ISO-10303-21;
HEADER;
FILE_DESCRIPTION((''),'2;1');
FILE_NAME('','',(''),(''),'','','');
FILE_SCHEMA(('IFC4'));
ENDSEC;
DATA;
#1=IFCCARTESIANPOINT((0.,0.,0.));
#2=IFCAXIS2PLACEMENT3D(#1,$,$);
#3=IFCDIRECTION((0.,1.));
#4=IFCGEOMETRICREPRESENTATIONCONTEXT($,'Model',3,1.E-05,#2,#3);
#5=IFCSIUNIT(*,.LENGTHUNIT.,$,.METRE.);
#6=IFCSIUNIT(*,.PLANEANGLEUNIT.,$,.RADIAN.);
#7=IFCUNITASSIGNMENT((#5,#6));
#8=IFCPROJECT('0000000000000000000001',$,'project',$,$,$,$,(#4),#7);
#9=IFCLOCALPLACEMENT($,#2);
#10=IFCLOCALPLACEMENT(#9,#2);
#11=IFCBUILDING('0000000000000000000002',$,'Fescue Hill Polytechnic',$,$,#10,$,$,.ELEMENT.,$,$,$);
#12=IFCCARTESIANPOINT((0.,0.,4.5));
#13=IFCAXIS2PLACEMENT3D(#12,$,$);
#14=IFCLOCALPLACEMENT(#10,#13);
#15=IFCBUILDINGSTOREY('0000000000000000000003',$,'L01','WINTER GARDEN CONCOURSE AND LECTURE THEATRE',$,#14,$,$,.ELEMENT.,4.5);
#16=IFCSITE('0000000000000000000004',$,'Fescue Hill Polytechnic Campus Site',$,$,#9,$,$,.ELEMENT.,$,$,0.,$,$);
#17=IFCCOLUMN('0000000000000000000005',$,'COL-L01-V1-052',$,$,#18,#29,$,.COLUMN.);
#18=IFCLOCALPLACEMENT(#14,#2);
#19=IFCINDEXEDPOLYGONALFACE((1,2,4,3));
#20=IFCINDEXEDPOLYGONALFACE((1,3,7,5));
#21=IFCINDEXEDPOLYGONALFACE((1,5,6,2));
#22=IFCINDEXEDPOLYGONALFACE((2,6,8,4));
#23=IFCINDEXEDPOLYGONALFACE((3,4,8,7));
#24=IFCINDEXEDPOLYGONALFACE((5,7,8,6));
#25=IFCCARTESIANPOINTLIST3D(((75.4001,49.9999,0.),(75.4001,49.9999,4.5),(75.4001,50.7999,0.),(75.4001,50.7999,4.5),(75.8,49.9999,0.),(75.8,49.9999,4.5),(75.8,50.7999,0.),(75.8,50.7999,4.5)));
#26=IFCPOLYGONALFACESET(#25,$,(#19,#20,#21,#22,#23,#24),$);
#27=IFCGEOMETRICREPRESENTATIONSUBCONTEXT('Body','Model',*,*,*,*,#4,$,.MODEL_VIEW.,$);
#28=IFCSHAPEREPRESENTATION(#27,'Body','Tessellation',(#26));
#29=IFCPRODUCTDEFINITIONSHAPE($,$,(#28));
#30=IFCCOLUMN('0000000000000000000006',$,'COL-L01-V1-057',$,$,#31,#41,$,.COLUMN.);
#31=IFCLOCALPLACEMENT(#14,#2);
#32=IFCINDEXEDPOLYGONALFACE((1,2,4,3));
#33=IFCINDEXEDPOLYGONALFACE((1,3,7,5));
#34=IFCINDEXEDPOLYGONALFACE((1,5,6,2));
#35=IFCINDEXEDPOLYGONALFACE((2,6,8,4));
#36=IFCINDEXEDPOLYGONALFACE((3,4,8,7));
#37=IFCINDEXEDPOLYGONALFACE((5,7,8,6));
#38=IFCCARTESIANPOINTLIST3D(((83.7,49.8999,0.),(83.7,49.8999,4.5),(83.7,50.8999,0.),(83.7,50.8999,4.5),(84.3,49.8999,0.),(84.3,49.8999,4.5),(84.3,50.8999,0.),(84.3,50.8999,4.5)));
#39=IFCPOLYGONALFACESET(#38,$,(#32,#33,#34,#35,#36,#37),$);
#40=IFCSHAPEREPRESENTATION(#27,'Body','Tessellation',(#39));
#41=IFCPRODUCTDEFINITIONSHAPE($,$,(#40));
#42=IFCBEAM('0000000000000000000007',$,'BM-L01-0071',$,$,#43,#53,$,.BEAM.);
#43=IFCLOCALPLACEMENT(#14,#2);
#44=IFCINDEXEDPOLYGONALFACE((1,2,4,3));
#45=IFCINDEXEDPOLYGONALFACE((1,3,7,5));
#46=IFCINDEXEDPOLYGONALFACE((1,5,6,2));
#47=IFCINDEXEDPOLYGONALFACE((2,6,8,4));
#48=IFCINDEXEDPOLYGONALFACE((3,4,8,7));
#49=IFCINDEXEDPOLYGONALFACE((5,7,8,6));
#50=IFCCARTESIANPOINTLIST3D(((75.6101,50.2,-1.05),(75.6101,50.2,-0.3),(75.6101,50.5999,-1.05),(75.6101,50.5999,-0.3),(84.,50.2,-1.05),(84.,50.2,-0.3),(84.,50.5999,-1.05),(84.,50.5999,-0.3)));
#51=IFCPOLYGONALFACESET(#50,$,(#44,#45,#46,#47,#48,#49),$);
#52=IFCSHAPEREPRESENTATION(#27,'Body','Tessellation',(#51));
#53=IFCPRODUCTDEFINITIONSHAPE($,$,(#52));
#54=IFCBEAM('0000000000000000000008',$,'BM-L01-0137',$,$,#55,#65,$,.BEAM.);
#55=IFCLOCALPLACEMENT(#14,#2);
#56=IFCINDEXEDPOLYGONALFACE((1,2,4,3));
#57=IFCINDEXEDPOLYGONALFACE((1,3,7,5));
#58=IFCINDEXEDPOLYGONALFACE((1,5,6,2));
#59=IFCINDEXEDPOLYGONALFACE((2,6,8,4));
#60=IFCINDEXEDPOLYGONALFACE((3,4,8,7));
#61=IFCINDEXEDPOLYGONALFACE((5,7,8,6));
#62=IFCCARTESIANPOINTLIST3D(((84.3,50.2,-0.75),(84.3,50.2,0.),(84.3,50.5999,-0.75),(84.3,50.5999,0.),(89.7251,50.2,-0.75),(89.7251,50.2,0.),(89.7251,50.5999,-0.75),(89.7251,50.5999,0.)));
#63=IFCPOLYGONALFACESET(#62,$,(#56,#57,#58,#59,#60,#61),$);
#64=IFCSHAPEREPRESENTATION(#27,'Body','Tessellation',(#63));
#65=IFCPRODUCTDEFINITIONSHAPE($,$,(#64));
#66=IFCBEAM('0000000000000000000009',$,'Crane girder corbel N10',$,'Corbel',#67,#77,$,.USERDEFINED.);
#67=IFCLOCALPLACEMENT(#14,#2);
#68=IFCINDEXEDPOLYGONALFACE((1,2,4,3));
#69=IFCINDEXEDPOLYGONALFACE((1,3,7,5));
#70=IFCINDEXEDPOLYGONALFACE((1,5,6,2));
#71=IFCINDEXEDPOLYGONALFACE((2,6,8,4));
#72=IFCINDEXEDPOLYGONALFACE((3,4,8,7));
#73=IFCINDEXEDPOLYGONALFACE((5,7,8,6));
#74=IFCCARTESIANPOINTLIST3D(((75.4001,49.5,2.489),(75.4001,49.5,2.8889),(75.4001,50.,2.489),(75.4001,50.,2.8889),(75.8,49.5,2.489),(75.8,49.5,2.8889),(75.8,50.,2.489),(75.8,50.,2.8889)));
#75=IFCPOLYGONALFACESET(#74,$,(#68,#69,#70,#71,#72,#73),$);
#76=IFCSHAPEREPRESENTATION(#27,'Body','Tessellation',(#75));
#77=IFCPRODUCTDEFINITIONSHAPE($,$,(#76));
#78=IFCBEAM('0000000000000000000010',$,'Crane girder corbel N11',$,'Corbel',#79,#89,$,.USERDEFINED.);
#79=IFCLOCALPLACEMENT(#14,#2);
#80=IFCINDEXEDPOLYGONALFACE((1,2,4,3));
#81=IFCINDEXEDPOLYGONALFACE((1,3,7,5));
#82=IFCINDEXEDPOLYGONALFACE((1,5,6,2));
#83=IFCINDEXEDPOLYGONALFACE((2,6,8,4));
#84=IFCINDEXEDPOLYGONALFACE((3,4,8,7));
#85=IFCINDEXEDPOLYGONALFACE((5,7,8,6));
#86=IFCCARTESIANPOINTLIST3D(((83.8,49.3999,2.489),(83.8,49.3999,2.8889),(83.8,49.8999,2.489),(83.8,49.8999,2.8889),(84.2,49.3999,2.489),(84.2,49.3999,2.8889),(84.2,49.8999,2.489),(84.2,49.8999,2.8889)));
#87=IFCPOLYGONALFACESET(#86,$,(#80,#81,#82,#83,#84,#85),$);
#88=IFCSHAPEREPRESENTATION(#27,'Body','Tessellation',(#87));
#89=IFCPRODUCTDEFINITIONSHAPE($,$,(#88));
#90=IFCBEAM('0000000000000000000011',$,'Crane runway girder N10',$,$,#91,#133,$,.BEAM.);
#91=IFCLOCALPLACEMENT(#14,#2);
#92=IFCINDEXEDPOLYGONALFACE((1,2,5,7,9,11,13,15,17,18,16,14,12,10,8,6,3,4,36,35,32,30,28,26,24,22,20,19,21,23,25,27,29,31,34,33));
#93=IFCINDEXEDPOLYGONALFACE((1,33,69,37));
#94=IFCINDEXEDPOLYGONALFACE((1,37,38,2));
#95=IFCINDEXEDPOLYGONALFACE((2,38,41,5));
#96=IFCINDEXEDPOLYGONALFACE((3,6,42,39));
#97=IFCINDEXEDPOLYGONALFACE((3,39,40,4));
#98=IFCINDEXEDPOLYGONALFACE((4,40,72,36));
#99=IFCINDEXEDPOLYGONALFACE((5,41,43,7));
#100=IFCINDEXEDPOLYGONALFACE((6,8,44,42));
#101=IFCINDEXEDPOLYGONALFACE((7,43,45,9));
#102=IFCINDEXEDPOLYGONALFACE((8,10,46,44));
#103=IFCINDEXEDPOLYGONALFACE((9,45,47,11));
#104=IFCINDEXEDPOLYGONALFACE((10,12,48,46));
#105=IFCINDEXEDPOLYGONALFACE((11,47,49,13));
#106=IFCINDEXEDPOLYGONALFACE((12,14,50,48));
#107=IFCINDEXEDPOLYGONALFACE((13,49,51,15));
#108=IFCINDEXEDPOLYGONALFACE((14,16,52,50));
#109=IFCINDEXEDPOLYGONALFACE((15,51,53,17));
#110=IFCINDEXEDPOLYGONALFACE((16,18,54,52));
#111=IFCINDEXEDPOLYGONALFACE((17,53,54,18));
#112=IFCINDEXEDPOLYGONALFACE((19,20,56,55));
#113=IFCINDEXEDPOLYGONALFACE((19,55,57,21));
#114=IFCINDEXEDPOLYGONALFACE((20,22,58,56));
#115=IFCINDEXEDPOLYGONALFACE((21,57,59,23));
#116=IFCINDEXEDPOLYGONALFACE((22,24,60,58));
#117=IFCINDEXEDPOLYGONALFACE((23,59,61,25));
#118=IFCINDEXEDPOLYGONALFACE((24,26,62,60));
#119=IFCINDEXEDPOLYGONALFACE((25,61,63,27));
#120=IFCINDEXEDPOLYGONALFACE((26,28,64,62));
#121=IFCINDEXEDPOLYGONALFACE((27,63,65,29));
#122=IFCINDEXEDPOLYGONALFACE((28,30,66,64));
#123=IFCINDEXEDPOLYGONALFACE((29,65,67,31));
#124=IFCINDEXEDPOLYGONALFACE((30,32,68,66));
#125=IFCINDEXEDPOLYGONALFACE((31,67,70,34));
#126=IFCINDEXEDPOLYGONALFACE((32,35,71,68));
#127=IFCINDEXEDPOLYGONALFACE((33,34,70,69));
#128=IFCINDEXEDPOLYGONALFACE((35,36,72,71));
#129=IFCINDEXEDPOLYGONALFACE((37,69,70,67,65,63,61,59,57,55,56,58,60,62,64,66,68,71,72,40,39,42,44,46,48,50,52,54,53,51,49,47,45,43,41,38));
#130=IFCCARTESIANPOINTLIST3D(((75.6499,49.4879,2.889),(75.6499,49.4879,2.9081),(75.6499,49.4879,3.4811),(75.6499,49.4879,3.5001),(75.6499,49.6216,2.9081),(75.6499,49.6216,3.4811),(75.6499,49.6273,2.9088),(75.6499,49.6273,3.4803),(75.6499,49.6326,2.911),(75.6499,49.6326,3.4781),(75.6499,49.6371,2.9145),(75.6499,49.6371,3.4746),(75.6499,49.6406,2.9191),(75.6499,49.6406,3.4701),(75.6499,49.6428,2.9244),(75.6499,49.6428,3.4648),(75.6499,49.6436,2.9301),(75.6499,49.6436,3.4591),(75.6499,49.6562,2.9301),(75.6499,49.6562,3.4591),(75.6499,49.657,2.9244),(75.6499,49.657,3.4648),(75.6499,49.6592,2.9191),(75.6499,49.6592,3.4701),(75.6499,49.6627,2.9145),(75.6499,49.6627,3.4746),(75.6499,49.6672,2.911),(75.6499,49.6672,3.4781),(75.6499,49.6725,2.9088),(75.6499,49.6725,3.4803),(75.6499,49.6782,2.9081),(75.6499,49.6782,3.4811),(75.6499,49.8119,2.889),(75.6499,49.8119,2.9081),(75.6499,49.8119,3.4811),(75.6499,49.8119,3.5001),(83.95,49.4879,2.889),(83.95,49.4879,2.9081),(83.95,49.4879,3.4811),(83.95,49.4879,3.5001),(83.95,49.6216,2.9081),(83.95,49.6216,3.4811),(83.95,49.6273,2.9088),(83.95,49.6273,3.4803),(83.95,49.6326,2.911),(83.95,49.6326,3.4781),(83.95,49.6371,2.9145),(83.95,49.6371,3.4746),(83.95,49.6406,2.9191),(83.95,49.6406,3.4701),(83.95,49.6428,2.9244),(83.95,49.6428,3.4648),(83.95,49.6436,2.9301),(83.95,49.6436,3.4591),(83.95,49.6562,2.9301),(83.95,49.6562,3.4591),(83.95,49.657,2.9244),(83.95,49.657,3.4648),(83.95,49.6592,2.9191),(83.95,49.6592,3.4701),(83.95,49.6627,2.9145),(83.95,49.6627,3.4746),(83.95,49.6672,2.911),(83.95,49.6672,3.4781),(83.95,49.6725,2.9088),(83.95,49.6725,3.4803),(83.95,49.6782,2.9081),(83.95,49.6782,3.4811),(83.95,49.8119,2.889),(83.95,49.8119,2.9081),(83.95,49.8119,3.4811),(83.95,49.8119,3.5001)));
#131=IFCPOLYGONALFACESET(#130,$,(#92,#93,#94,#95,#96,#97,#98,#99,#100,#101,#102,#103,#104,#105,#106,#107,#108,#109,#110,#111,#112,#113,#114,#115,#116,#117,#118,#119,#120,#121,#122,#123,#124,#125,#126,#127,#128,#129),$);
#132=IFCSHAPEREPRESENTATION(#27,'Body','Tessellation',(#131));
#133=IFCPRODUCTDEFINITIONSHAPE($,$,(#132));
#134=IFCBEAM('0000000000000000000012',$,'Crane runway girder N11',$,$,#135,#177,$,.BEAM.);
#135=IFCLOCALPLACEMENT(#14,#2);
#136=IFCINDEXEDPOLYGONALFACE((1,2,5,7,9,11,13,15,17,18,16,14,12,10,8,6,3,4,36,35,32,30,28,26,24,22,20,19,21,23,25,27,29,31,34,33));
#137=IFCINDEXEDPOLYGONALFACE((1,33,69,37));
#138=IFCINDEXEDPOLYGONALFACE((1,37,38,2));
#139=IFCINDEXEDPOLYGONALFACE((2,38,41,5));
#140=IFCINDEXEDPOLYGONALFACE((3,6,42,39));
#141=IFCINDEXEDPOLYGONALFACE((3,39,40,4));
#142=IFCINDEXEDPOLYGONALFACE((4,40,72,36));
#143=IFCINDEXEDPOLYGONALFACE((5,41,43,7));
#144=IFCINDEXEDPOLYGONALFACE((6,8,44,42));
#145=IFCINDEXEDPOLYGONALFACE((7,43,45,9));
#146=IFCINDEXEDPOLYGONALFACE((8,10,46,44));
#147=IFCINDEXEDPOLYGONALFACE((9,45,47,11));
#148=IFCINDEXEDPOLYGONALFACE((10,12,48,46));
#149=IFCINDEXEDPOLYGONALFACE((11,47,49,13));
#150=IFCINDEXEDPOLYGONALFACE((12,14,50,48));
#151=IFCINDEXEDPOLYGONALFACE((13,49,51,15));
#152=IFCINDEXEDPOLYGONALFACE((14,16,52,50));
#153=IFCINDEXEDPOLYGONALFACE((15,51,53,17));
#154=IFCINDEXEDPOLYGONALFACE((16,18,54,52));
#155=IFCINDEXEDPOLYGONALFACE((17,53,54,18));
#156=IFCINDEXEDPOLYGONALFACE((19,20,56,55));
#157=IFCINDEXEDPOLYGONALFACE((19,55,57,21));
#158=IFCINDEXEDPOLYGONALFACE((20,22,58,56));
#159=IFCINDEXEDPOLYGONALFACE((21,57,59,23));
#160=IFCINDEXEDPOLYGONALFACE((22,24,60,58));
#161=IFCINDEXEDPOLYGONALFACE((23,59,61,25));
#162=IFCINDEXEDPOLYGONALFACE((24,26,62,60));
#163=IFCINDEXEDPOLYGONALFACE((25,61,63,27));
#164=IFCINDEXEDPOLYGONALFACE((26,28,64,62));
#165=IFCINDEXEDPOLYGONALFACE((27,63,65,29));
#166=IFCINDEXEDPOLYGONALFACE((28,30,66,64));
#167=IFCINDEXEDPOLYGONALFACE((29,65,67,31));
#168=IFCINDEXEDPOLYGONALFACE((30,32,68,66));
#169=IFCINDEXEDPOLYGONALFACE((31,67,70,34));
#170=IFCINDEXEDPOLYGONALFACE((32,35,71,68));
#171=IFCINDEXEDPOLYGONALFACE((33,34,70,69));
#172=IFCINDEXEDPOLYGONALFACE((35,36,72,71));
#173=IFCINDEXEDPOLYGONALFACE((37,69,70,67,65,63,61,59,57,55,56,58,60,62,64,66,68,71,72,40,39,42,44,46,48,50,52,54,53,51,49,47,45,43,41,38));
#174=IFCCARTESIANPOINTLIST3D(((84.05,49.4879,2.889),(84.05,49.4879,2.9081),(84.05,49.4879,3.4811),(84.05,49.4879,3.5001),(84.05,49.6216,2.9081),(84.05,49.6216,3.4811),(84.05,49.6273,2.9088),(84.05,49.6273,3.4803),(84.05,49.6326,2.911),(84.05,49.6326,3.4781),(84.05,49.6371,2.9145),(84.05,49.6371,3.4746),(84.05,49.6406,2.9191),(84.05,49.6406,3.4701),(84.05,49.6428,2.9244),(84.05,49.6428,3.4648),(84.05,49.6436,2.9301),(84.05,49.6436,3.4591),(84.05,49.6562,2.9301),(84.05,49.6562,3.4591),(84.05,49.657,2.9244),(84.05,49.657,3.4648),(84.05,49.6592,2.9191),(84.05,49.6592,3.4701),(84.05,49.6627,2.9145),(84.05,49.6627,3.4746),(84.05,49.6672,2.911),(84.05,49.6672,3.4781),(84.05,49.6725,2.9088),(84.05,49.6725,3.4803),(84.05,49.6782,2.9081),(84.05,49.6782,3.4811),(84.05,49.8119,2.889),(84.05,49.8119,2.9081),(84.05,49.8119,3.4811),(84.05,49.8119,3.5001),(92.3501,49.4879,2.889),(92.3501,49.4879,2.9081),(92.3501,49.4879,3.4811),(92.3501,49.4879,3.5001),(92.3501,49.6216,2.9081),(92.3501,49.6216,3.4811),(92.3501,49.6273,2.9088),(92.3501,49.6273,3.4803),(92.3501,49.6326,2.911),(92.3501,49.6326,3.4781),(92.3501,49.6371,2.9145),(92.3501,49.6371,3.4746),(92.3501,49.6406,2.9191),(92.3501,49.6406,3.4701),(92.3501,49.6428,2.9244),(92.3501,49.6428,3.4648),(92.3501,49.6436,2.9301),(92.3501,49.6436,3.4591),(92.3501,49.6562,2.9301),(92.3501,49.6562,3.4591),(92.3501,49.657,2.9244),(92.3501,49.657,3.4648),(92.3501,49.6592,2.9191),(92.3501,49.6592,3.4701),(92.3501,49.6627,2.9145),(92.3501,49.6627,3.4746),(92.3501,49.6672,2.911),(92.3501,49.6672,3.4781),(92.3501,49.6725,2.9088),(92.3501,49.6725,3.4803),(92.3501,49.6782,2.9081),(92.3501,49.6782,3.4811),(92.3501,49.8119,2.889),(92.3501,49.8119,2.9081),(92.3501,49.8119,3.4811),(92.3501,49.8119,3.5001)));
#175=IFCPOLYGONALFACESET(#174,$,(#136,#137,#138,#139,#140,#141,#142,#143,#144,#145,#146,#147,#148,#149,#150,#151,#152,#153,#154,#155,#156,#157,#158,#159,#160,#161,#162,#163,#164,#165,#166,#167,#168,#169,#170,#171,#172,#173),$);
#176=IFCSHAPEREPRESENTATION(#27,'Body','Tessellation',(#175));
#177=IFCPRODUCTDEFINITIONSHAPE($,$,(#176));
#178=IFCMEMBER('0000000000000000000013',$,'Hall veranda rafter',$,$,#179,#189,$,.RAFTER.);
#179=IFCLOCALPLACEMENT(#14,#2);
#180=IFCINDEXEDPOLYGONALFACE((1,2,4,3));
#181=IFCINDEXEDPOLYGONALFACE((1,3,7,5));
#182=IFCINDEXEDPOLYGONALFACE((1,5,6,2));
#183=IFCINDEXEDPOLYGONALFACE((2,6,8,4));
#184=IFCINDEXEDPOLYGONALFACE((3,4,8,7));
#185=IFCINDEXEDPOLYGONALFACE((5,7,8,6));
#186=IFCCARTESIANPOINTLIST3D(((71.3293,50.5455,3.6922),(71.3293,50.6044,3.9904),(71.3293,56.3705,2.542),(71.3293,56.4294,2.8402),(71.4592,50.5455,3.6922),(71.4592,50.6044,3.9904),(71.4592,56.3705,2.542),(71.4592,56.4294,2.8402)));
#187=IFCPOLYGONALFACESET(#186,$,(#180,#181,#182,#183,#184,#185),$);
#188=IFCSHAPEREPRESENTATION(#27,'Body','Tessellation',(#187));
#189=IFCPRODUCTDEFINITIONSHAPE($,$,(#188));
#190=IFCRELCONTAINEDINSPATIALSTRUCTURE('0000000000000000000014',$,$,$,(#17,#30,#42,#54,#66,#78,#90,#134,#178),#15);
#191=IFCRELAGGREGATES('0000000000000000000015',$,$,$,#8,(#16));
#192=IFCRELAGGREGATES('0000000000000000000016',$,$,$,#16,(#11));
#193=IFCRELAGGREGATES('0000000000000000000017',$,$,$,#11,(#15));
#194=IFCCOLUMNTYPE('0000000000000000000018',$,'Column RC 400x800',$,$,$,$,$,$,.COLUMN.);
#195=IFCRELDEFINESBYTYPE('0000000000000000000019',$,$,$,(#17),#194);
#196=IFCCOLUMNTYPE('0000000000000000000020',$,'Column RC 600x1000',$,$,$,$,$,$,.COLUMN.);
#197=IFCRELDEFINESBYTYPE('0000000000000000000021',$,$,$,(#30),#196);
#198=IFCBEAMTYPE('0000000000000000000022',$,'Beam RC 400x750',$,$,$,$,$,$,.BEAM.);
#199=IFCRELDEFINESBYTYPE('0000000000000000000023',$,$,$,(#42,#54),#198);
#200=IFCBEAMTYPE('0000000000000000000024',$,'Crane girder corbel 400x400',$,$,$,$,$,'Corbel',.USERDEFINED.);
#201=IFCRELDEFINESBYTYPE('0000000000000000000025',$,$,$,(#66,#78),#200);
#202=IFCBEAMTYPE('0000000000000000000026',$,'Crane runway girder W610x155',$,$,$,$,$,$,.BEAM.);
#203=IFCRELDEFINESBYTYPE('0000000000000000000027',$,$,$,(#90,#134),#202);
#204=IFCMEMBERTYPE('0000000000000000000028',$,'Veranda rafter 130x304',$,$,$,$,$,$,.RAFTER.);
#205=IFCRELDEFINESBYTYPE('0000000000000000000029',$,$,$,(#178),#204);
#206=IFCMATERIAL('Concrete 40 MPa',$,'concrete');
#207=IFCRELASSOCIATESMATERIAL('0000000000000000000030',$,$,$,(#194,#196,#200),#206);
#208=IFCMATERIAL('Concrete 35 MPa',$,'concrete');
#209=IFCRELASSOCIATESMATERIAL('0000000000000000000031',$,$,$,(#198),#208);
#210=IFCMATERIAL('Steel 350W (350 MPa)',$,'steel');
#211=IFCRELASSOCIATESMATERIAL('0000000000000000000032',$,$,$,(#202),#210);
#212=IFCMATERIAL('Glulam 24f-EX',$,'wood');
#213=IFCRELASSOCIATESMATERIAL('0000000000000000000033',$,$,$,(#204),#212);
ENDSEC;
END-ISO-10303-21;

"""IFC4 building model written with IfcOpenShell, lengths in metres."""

from ifc_helpers import new_model, si_unit, direction, frame, origin, origin_2d, place, context, subcontext, project, spatial, rectangle, i_section, extrude, material, material_profile, profile_set, type_object, element, save


model = new_model("IFC4")

# Units and contexts
model_context = context("Model", 3, precision=1e-05, world=origin(), true_north=direction((0.0, 1.0)))
body_context = subcontext(model_context, "Body", "Model", "MODEL_VIEW")
ifc_project = project(units=[si_unit("LENGTHUNIT", "METRE"), si_unit("PLANEANGLEUNIT", "RADIAN")], contexts=[model_context])

# Site, building, storey
site_placement = place(None, origin())
site = spatial("IfcSite", under=ifc_project, at=site_placement, Name="Fescue Hill Polytechnic Campus Site", CompositionType="ELEMENT", RefElevation=0.0)
building_placement = place(site_placement, origin())
building = spatial("IfcBuilding", under=site, at=building_placement, Name="Fescue Hill Polytechnic", CompositionType="ELEMENT")
storey_placement = place(building_placement, frame((0.0, 0.0, 4.5)))
storey = spatial("IfcBuildingStorey", under=building, at=storey_placement, Name="L01", Description="WINTER GARDEN CONCOURSE AND LECTURE THEATRE", CompositionType="ELEMENT", Elevation=4.5)

# Columns
ifc_material_1 = material(Name="Concrete 40 MPa", Category="concrete")
ifc_material_profile_1 = material_profile(ifc_material_1, rectangle(XDim=0.3999, YDim=0.8, at=origin_2d()), Name="RC 400x800")
ifc_profile_set_1 = profile_set([ifc_material_profile_1], Name="Concrete 40 MPa")
column_type_1 = type_object("IfcColumnType", Name="Column RC 400x800", PredefinedType="COLUMN", material=ifc_profile_set_1)
column_1_placement = place(storey_placement, frame((75.6001, 50.3999, 0.0), z_axis=(0.0, 0.0, 1.0), x_axis=(1.0, 0.0, 0.0)))
element("IfcColumn", 1, at=column_1_placement, inside=storey, type_object=column_type_1, Name="COL-L01-V1-052", PredefinedType="COLUMN", context=body_context, shape_type="SweptSolid", body=[
    extrude(rectangle(XDim=0.3999, YDim=0.8, at=origin_2d()), origin(), (0.0, 0.0, 1.0), 4.5),
])
ifc_material_profile_2 = material_profile(ifc_material_1, rectangle(XDim=0.6001, YDim=1.0, at=origin_2d()), Name="RC 600x1000")
ifc_profile_set_2 = profile_set([ifc_material_profile_2], Name="Concrete 40 MPa")
column_type_2 = type_object("IfcColumnType", Name="Column RC 600x1000", PredefinedType="COLUMN", material=ifc_profile_set_2)
column_2_placement = place(storey_placement, frame((84.0, 50.3999, 0.0), z_axis=(0.0, 0.0, 1.0), x_axis=(1.0, 0.0, 0.0)))
element("IfcColumn", 2, at=column_2_placement, inside=storey, type_object=column_type_2, Name="COL-L01-V1-057", PredefinedType="COLUMN", context=body_context, shape_type="SweptSolid", body=[
    extrude(rectangle(XDim=0.6001, YDim=1.0, at=origin_2d()), origin(), (0.0, 0.0, 1.0), 4.5),
])

# Beams
ifc_material_2 = material(Name="Concrete 35 MPa", Category="concrete")
ifc_material_profile_3 = material_profile(ifc_material_2, rectangle(XDim=0.3999, YDim=0.75, at=origin_2d()), Name="RC 400x750")
ifc_profile_set_3 = profile_set([ifc_material_profile_3], Name="Concrete 35 MPa")
beam_type_1 = type_object("IfcBeamType", Name="Beam RC 400x750", PredefinedType="BEAM", material=ifc_profile_set_3)
beam_1_placement = place(storey_placement, frame((75.6101, 50.3999, -0.675), z_axis=(1.0, 0.0, 0.0), x_axis=(0.0, 1.0, 0.0)))
element("IfcBeam", 3, at=beam_1_placement, inside=storey, type_object=beam_type_1, Name="BM-L01-0071", PredefinedType="BEAM", context=body_context, shape_type="SweptSolid", body=[
    extrude(rectangle(XDim=0.3999, YDim=0.75, at=origin_2d()), origin(), (0.0, 0.0, 1.0), 8.3899),
])
beam_2_placement = place(storey_placement, frame((84.3, 50.3999, -0.375), z_axis=(1.0, 0.0, 0.0), x_axis=(0.0, 1.0, 0.0)))
element("IfcBeam", 4, at=beam_2_placement, inside=storey, type_object=beam_type_1, Name="BM-L01-0137", PredefinedType="BEAM", context=body_context, shape_type="SweptSolid", body=[
    extrude(rectangle(XDim=0.3999, YDim=0.75, at=origin_2d()), origin(), (0.0, 0.0, 1.0), 5.425),
])
ifc_material_profile_4 = material_profile(ifc_material_1, rectangle(XDim=0.3999, YDim=0.3999, at=origin_2d()), Name="Crane girder corbel 400x400")
ifc_profile_set_4 = profile_set([ifc_material_profile_4], Name="Concrete 40 MPa")
beam_type_2 = type_object("IfcBeamType", Name="Crane girder corbel 400x400", ElementType="Corbel", PredefinedType="USERDEFINED", material=ifc_profile_set_4)
for number, where, z_axis, x_axis, name in (
    (5, (75.6001, 50.0, 2.689), (0.0, -1.0, 0.0), (1.0, 0.0, 0.0), "Crane girder corbel N10"),
    (6, (84.0, 49.8999, 2.689), (0.0, -1.0, 0.0), (1.0, 0.0, 0.0), "Crane girder corbel N11"),
):
    element("IfcBeam", number, at=place(storey_placement, frame(where, z_axis=z_axis, x_axis=x_axis)), inside=storey, type_object=beam_type_2, Name=name, ObjectType="Corbel", PredefinedType="USERDEFINED", context=body_context, shape_type="SweptSolid", body=[
        extrude(rectangle(XDim=0.3999, YDim=0.3999, at=origin_2d()), origin(), (0.0, 0.0, 1.0), 0.5),
    ])
ifc_material_3 = material(Name="Steel 350W (350 MPa)", Category="steel")
ifc_material_profile_5 = material_profile(ifc_material_3, i_section(OverallWidth=0.324, OverallDepth=0.6111, WebThickness=0.0127, FlangeThickness=0.019, FilletRadius=0.022, at=origin_2d()), Name="W610x155")
ifc_profile_set_5 = profile_set([ifc_material_profile_5], Name="Steel 350W (350 MPa)")
beam_type_3 = type_object("IfcBeamType", Name="Crane runway girder W610x155", PredefinedType="BEAM", material=ifc_profile_set_5)
for number, where, z_axis, x_axis, name in (
    (7, (75.6499, 49.6499, 3.1946), (1.0, 0.0, 0.0), (0.0, 1.0, 0.0), "Crane runway girder N10"),
    (8, (84.05, 49.6499, 3.1946), (1.0, 0.0, 0.0), (0.0, 1.0, 0.0), "Crane runway girder N11"),
):
    element("IfcBeam", number, at=place(storey_placement, frame(where, z_axis=z_axis, x_axis=x_axis)), inside=storey, type_object=beam_type_3, Name=name, PredefinedType="BEAM", context=body_context, shape_type="SweptSolid", body=[
        extrude(i_section(OverallWidth=0.324, OverallDepth=0.6111, WebThickness=0.0127, FlangeThickness=0.019, FilletRadius=0.022, at=origin_2d()), origin(), (0.0, 0.0, 1.0), 8.3),
    ])

# Member
ifc_material_4 = material(Name="Glulam 24f-EX", Category="wood")
ifc_material_profile_6 = material_profile(ifc_material_4, rectangle(XDim=0.1299, YDim=0.304, at=origin_2d()), Name="Veranda rafter 130x304")
ifc_profile_set_6 = profile_set([ifc_material_profile_6], Name="Glulam 24f-EX")
member_type = type_object("IfcMemberType", Name="Veranda rafter 130x304", PredefinedType="RAFTER", material=ifc_profile_set_6)
for number, where, z_axis, x_axis, name in (
    (9, (71.3943, 50.575, 3.8413), (0.0, 0.981059, -0.193712), (-1.0, 0.0, 0.0), "Hall veranda rafter"),
):
    element("IfcMember", number, at=place(storey_placement, frame(where, z_axis=z_axis, x_axis=x_axis)), inside=storey, type_object=member_type, Name=name, PredefinedType="RAFTER", context=body_context, shape_type="SweptSolid", body=[
        extrude(rectangle(XDim=0.1299, YDim=0.304, at=origin_2d()), origin(), (0.0, 0.0, 1.0), 5.9375),
    ])

save(model, "model.ifc")
